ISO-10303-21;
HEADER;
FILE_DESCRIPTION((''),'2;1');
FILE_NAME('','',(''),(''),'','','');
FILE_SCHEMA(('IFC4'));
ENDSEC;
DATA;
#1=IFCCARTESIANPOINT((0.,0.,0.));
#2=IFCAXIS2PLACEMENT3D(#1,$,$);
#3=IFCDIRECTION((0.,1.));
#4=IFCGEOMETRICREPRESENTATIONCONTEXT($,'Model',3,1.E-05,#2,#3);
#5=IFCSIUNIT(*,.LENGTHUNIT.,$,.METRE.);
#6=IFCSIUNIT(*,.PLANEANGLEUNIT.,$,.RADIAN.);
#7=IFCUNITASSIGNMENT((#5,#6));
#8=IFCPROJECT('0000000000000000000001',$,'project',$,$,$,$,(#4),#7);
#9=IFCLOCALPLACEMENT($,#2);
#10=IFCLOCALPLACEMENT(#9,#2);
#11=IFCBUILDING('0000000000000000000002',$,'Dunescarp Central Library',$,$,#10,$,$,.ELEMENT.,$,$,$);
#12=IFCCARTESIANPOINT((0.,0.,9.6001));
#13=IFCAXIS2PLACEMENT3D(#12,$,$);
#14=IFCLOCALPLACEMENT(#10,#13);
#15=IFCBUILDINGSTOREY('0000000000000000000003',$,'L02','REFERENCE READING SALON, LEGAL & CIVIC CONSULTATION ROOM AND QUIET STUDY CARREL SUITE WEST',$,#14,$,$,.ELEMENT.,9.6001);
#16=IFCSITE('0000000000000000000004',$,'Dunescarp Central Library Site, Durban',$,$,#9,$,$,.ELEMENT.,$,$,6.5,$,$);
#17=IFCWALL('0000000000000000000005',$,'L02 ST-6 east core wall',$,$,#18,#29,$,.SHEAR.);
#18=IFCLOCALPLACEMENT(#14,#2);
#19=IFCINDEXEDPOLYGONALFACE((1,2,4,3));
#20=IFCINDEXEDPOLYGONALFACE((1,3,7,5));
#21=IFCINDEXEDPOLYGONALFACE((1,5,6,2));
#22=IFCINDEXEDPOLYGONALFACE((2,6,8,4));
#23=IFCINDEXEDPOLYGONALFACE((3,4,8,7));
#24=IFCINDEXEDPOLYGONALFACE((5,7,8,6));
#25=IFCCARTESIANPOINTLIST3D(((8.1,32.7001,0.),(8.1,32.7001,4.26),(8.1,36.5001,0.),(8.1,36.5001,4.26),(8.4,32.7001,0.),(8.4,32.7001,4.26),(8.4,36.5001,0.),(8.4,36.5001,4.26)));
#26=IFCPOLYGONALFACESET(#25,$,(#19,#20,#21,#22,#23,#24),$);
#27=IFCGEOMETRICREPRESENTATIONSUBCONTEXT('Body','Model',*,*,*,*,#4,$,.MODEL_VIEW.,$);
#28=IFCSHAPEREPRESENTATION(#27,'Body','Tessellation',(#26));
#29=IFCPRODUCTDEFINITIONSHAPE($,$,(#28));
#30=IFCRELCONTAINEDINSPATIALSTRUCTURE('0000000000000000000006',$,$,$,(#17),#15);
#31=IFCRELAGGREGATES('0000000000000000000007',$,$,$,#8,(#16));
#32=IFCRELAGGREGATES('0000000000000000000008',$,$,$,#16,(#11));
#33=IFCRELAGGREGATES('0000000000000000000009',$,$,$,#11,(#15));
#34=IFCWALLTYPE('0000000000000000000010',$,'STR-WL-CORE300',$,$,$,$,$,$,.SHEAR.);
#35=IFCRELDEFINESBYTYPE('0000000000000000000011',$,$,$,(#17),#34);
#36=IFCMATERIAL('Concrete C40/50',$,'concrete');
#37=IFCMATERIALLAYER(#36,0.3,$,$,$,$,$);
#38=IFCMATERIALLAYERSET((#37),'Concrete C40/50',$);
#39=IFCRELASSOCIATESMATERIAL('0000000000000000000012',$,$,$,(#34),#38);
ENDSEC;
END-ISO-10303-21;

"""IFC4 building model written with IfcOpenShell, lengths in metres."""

from ifc_helpers import new_model, si_unit, direction, frame, frame_2d, origin, place, context, subcontext, project, spatial, rectangle, extrude, material, layer, layer_set, type_object, element, save


model = new_model("IFC4")

# Units and contexts
model_context = context("Model", 3, precision=1e-05, world=origin(), true_north=direction((0.0, 1.0)))
body_context = subcontext(model_context, "Body", "Model", "MODEL_VIEW")
ifc_project = project(units=[si_unit("LENGTHUNIT", "METRE"), si_unit("PLANEANGLEUNIT", "RADIAN")], contexts=[model_context])

# Site, building, storey
site_placement = place(None, origin())
site = spatial("IfcSite", under=ifc_project, at=site_placement, Name="Dunescarp Central Library Site, Durban", CompositionType="ELEMENT", RefElevation=6.5)
building_placement = place(site_placement, origin())
building = spatial("IfcBuilding", under=site, at=building_placement, Name="Dunescarp Central Library", CompositionType="ELEMENT")
storey_placement = place(building_placement, frame((0.0, 0.0, 9.6001)))
storey = spatial("IfcBuildingStorey", under=building, at=storey_placement, Name="L02", Description="REFERENCE READING SALON, LEGAL & CIVIC CONSULTATION ROOM AND QUIET STUDY CARREL SUITE WEST", CompositionType="ELEMENT", Elevation=9.6001)

# Shared definitions
ifc_material_1 = material(Name="Concrete C40/50", Category="concrete")
ifc_layer_1 = layer(ifc_material_1, 0.3)
ifc_layer_set_1 = layer_set([ifc_layer_1], Name="Concrete C40/50")
wall_type_1 = type_object("IfcWallType", Name="STR-WL-CORE300", PredefinedType="SHEAR", material=ifc_layer_set_1)

# Wall
wall_1_placement = place(storey_placement, frame((8.25, 36.5, 0.0), z_axis=(0.0, 0.0, 1.0), x_axis=(0.0, -1.0, 0.0)))
element("IfcWall", 1, at=wall_1_placement, inside=storey, type_object=wall_type_1, Name="L02 ST-6 east core wall", PredefinedType="SHEAR", context=body_context, shape_type="SweptSolid", body=[
    extrude(rectangle(XDim=3.8, YDim=0.3, at=frame_2d((1.8999, 0.0))), origin(), (0.0, 0.0, 1.0), 4.26),
])

save(model, "model.ifc")
